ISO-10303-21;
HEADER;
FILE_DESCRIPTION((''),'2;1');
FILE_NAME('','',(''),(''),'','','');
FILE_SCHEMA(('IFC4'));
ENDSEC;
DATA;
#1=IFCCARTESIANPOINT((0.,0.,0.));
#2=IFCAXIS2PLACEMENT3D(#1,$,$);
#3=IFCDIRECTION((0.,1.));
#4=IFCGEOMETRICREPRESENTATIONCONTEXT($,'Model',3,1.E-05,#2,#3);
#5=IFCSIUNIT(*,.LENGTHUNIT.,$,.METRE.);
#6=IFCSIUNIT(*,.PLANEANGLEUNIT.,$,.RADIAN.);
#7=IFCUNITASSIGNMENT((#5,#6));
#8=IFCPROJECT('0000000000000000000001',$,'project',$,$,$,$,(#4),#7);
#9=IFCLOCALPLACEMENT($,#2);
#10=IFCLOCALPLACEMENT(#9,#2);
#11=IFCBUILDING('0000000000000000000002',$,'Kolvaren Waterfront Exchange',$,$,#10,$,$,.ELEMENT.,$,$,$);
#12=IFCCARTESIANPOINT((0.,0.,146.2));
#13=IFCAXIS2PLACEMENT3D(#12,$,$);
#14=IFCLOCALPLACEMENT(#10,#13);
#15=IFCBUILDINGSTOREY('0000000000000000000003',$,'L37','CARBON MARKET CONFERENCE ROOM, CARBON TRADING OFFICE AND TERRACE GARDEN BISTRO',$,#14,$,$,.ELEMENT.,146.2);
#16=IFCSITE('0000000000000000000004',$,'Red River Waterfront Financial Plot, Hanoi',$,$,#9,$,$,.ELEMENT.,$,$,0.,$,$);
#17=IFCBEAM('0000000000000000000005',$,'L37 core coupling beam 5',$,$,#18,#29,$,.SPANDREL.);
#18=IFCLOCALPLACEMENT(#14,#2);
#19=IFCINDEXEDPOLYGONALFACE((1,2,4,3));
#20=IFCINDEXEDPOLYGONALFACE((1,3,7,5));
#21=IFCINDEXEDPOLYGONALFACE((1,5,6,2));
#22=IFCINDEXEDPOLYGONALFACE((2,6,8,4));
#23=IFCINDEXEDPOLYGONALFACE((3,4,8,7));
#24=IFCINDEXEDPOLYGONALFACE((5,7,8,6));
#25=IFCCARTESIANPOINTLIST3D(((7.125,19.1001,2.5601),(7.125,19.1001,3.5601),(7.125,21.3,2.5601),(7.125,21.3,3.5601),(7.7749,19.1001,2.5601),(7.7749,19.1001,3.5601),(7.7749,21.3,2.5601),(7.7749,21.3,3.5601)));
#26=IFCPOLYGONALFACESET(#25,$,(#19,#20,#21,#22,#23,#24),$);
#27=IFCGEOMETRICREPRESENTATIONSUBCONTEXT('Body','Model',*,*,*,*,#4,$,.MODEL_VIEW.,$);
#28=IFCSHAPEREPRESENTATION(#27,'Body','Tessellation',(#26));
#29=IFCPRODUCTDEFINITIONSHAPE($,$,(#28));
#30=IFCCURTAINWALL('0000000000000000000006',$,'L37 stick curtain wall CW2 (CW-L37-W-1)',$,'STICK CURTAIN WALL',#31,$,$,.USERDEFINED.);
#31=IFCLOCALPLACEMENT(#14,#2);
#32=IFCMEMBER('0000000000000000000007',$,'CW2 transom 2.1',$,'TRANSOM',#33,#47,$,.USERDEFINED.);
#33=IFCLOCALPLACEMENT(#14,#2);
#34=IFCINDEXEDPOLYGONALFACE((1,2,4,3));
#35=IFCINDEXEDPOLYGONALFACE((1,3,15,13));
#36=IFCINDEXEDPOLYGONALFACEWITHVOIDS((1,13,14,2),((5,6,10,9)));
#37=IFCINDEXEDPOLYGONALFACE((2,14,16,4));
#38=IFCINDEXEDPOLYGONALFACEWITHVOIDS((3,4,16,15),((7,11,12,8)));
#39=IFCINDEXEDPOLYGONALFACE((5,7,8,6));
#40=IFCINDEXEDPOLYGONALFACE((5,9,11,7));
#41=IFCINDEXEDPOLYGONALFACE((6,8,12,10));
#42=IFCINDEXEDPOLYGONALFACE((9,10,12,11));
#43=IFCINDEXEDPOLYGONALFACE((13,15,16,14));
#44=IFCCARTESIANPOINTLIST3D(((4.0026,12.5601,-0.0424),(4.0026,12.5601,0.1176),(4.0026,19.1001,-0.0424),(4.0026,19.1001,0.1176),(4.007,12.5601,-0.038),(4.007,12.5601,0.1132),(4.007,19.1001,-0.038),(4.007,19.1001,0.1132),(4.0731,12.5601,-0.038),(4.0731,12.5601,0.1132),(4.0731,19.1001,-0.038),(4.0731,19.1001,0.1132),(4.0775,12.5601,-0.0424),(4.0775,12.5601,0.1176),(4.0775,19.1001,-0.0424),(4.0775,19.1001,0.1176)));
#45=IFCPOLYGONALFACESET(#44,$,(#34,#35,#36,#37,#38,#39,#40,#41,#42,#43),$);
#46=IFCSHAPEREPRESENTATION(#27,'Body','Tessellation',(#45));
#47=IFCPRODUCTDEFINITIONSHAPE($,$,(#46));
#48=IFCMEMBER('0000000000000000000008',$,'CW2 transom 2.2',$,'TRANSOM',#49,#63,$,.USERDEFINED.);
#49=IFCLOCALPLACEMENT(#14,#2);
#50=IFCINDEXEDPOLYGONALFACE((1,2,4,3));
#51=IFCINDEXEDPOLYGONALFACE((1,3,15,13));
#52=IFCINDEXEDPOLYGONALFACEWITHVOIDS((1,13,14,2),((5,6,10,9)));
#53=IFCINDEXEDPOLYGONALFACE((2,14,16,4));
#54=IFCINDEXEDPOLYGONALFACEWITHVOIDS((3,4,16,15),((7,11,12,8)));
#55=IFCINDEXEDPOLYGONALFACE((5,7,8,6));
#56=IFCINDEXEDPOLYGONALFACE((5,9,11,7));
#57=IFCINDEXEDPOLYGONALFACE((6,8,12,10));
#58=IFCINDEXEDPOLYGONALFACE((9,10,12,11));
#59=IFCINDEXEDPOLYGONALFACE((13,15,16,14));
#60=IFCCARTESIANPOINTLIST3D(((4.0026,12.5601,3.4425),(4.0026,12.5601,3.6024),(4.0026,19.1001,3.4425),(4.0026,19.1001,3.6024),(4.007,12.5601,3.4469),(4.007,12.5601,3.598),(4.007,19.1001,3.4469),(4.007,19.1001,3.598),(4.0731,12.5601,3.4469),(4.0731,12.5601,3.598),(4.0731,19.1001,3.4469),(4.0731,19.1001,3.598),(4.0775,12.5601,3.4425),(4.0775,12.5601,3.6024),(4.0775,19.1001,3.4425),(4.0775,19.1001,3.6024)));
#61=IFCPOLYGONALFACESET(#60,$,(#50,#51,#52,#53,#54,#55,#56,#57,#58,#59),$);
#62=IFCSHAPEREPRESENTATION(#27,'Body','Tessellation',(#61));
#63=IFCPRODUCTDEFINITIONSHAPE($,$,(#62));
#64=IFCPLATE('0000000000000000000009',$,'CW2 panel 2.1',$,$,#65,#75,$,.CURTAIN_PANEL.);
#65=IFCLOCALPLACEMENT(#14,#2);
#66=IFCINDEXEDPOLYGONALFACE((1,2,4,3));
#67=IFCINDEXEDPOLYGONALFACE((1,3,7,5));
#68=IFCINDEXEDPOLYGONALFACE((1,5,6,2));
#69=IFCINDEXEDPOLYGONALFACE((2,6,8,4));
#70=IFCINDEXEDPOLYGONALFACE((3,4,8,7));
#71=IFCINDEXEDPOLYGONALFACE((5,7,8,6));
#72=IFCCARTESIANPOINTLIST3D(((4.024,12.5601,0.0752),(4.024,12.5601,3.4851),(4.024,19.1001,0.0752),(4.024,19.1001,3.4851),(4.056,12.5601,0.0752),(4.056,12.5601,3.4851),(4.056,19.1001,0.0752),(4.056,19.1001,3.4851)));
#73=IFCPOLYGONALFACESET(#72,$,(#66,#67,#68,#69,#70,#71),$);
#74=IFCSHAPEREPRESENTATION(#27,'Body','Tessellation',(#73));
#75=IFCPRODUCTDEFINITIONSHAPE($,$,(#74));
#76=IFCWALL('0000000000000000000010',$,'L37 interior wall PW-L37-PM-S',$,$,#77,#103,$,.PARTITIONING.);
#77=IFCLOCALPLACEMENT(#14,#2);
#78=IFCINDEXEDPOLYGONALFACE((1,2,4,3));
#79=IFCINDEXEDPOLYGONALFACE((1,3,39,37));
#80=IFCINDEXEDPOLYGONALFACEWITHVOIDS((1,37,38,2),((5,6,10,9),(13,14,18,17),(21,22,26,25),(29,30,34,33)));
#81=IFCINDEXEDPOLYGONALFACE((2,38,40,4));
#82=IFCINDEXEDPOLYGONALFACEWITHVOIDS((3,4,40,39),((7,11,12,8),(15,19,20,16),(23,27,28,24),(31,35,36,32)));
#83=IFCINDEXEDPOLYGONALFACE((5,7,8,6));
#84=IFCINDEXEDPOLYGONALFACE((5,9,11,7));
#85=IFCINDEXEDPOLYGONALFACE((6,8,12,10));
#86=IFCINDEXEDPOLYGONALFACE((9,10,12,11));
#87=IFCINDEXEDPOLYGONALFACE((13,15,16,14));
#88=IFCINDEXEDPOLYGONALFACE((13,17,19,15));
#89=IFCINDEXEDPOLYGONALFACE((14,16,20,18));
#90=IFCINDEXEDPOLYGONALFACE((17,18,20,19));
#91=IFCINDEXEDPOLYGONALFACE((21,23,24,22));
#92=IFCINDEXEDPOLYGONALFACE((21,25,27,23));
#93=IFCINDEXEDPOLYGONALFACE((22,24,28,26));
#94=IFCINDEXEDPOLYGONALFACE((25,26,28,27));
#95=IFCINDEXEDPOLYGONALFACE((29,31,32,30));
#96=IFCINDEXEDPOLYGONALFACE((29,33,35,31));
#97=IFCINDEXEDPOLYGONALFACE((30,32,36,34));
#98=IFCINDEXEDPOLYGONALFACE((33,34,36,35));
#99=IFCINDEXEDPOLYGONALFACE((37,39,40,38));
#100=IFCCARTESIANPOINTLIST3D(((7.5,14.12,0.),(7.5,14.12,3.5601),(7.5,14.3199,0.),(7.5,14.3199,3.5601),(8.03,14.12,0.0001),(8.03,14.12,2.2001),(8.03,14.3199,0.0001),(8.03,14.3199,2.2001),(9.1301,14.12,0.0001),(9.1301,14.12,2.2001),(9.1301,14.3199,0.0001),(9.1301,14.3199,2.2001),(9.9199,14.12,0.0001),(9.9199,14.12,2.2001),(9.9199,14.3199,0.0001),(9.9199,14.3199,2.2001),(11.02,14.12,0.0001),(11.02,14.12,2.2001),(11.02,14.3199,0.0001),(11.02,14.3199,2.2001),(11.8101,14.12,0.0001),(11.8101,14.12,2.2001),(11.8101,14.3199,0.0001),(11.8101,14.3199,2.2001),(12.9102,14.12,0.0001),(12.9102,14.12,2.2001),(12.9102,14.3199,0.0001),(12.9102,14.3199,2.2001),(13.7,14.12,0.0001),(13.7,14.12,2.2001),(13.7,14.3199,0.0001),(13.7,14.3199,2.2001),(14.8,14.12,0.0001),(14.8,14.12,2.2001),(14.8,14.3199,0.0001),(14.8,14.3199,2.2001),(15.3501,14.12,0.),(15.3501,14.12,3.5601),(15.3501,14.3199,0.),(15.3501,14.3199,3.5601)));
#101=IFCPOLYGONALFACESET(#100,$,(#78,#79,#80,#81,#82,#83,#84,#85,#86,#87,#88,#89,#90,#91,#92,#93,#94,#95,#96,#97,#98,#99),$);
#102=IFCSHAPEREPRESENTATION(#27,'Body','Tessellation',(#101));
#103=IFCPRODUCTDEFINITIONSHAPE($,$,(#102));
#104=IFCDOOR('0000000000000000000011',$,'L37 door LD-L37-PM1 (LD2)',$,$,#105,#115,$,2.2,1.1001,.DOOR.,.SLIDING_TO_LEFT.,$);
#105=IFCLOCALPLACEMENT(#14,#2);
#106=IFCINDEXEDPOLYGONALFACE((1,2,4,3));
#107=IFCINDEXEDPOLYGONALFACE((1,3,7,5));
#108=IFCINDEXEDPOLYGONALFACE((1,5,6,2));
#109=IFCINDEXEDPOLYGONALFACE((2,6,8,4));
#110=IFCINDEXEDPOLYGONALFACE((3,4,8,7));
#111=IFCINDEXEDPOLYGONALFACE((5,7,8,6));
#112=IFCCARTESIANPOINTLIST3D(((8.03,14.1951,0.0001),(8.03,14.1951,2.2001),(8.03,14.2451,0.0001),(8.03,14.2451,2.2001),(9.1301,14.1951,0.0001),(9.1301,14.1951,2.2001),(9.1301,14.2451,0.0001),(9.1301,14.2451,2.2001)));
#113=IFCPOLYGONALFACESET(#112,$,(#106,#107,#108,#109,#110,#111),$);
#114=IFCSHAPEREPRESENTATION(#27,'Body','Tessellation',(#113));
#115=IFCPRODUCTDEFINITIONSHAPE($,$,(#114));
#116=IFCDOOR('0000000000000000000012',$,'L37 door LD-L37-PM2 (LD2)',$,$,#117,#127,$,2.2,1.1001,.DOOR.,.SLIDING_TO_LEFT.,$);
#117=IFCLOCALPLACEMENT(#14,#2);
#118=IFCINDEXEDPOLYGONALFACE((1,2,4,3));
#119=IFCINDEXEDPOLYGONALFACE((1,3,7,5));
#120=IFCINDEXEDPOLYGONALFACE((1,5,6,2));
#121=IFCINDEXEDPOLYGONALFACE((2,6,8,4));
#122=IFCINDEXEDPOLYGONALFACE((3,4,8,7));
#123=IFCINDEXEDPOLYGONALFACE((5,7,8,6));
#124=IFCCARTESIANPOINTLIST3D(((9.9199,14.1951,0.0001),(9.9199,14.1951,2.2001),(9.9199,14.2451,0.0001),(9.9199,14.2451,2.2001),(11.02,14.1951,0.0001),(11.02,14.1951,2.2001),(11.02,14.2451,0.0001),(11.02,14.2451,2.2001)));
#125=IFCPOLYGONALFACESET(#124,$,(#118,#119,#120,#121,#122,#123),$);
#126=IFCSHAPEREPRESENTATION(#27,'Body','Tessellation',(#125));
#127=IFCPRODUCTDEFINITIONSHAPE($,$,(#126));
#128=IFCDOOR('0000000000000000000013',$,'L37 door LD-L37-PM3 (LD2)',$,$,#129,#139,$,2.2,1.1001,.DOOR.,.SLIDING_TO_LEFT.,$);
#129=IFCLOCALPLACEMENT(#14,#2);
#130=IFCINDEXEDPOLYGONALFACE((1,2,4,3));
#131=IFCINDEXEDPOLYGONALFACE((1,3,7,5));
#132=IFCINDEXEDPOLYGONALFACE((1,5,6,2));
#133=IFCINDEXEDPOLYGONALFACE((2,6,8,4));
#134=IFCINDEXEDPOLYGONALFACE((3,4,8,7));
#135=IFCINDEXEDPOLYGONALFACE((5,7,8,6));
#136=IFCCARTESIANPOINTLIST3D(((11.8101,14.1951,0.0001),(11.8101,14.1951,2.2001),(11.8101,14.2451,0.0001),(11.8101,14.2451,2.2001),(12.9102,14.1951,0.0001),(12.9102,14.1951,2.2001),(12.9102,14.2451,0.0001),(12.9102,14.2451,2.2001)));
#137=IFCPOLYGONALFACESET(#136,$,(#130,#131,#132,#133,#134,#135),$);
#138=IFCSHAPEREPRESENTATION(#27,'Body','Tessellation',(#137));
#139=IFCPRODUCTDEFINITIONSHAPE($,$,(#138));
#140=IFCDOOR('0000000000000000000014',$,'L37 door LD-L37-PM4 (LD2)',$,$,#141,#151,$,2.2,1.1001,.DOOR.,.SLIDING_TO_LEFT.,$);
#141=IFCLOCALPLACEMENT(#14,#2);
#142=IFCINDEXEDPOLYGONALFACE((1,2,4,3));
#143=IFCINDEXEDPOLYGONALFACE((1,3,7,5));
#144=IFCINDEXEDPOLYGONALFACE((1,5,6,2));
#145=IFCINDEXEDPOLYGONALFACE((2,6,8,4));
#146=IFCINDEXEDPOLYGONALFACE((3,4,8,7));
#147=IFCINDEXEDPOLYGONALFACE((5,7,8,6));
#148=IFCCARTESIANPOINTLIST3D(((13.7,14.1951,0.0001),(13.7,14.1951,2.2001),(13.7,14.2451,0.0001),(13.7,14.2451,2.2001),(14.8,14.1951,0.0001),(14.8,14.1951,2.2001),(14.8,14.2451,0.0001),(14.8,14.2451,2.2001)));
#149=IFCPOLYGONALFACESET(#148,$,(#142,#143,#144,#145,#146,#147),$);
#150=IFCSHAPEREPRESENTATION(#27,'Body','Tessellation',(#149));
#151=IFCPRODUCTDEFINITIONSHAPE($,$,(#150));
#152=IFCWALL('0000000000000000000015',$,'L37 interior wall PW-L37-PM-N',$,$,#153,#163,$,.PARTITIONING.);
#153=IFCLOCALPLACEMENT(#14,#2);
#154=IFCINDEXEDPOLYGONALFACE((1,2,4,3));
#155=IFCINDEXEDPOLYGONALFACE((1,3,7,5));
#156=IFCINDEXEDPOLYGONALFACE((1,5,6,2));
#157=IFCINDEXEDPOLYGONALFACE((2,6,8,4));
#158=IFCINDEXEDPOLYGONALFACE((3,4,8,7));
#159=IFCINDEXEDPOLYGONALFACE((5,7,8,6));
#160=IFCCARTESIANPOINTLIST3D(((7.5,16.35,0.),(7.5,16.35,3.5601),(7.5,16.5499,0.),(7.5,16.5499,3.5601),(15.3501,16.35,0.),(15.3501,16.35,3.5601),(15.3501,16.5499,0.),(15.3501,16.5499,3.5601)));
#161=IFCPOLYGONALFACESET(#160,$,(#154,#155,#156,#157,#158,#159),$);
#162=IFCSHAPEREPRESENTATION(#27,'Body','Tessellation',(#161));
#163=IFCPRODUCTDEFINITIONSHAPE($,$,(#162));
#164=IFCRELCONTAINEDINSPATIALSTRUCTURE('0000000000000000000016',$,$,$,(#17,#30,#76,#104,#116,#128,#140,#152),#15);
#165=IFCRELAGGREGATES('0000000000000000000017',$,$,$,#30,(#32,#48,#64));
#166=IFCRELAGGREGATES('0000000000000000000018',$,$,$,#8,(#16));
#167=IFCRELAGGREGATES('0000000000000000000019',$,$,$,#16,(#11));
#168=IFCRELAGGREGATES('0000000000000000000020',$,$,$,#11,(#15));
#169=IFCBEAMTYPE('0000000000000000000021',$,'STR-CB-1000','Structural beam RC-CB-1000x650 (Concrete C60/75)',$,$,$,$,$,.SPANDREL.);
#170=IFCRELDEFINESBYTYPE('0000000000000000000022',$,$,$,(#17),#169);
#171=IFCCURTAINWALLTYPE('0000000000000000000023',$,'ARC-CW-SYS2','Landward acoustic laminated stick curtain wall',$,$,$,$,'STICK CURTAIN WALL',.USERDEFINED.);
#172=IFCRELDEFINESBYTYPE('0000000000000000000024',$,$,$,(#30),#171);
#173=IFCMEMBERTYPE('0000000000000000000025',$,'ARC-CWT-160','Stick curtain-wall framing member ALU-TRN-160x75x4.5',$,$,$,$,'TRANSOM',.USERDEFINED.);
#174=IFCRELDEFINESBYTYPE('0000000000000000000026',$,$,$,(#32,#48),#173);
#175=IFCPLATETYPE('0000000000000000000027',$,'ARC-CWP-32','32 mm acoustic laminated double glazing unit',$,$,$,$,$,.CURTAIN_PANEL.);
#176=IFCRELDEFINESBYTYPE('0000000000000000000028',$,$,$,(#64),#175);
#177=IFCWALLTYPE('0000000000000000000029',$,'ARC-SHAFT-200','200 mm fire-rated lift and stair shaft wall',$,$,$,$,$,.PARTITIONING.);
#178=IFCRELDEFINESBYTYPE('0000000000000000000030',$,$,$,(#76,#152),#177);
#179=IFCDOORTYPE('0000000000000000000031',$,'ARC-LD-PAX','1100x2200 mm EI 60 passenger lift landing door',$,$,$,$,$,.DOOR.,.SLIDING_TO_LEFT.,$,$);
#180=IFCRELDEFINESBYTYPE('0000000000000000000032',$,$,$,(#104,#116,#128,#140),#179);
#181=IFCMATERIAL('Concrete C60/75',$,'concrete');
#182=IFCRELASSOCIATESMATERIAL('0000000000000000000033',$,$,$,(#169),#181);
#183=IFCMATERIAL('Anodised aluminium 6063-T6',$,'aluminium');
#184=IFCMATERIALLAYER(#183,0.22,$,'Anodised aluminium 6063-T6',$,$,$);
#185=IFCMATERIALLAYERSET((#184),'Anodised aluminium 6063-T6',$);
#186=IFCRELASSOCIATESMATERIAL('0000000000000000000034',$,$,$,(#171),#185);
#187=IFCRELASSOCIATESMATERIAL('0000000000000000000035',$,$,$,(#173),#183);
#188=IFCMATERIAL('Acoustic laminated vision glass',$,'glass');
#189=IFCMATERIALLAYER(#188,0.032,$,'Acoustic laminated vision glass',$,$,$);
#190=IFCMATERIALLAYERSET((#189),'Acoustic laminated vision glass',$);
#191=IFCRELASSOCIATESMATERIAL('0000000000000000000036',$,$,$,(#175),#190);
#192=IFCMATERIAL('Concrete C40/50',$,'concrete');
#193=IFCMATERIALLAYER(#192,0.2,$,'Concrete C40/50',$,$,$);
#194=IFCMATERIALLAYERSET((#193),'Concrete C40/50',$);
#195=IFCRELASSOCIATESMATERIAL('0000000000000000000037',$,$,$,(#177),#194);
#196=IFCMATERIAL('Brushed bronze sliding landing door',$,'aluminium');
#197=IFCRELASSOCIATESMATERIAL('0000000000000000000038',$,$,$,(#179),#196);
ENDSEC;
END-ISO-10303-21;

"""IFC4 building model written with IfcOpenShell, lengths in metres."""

from ifc_helpers import new_model, si_unit, direction, frame, frame_2d, origin, origin_with_axes, origin_2d, place, context, subcontext, project, spatial, rectangle, hollow_rectangle, extrude, source, transform, mapped, material, layer, layer_set, material_profile, profile_set, type_object, element, fill, aggregate, save


model = new_model("IFC4")

# Units and contexts
model_context = context("Model", 3, precision=1e-05, world=origin(), true_north=direction((0.0, 1.0)))
body_context = subcontext(model_context, "Body", "Model", "MODEL_VIEW")
ifc_project = project(units=[si_unit("LENGTHUNIT", "METRE"), si_unit("PLANEANGLEUNIT", "RADIAN")], contexts=[model_context])

# Site, building, storey
site_placement = place(None, origin())
site = spatial("IfcSite", under=ifc_project, at=site_placement, Name="Red River Waterfront Financial Plot, Hanoi", CompositionType="ELEMENT", RefElevation=0.0)
building_placement = place(site_placement, origin())
building = spatial("IfcBuilding", under=site, at=building_placement, Name="Kolvaren Waterfront Exchange", CompositionType="ELEMENT")
storey_placement = place(building_placement, frame((0.0, 0.0, 146.2)))
storey = spatial("IfcBuildingStorey", under=building, at=storey_placement, Name="L37", Description="CARBON MARKET CONFERENCE ROOM, CARBON TRADING OFFICE AND TERRACE GARDEN BISTRO", CompositionType="ELEMENT", Elevation=146.2)

# Beam
ifc_material_1 = material(Name="Concrete C60/75", Category="concrete")
ifc_material_profile_1 = material_profile(ifc_material_1, rectangle(XDim=0.6499, YDim=1.0, at=origin_2d()), Name="RC-CB-1000x650")
ifc_profile_set_1 = profile_set([ifc_material_profile_1], Name="Concrete C60/75")
beam_type = type_object("IfcBeamType", Name="STR-CB-1000", Description="Structural beam RC-CB-1000x650 (Concrete C60/75)", PredefinedType="SPANDREL", material=ifc_profile_set_1)
beam_placement = place(storey_placement, frame((7.45, 19.1001, 3.0601), z_axis=(0.0, 1.0, 0.0), x_axis=(-1.0, 0.0, 0.0)))
element("IfcBeam", 1, at=beam_placement, inside=storey, type_object=beam_type, Name="L37 core coupling beam 5", PredefinedType="SPANDREL", context=body_context, shape_type="SweptSolid", body=[
    extrude(rectangle(XDim=0.6499, YDim=1.0, at=origin_2d()), origin(), (0.0, 0.0, 1.0), 2.2),
])

# Curtain wall, members, plate
ifc_material_2 = material(Name="Anodised aluminium 6063-T6", Category="aluminium")
ifc_layer_1 = layer(ifc_material_2, 0.22, Name="Anodised aluminium 6063-T6")
ifc_layer_set_1 = layer_set([ifc_layer_1], Name="Anodised aluminium 6063-T6")
curtain_wall_type = type_object("IfcCurtainWallType", Name="ARC-CW-SYS2", Description="Landward acoustic laminated stick curtain wall", ElementType="STICK CURTAIN WALL", PredefinedType="USERDEFINED", material=ifc_layer_set_1)
curtain_wall_placement = place(storey_placement, origin())
curtain_wall = element("IfcCurtainWall", 2, at=curtain_wall_placement, inside=storey, type_object=curtain_wall_type, Name="L37 stick curtain wall CW2 (CW-L37-W-1)", ObjectType="STICK CURTAIN WALL", PredefinedType="USERDEFINED")
ifc_material_profile_2 = material_profile(ifc_material_2, hollow_rectangle(XDim=0.075, YDim=0.1599, WallThickness=0.0044, at=origin_2d()), Name="ALU-TRN-160x75x4.5")
ifc_profile_set_2 = profile_set([ifc_material_profile_2], Name="Anodised aluminium 6063-T6")
member_type = type_object("IfcMemberType", Name="ARC-CWT-160", Description="Stick curtain-wall framing member ALU-TRN-160x75x4.5", ElementType="TRANSOM", PredefinedType="USERDEFINED", material=ifc_profile_set_2)
shared_shape_1 = source(origin_with_axes(), body_context, "Body", "SweptSolid", [
    extrude(hollow_rectangle(XDim=0.075, YDim=0.1599, WallThickness=0.0044, at=origin_2d()), origin(), (0.0, 0.0, 1.0), 6.54),
])
member_1_placement = place(storey_placement, frame((4.04, 12.5601, 0.0376), z_axis=(0.0, 1.0, 0.0), x_axis=(-1.0, 0.0, 0.0)))
member_1 = element("IfcMember", 3, at=member_1_placement, type_object=member_type, Name="CW2 transom 2.1", ObjectType="TRANSOM", PredefinedType="USERDEFINED", context=body_context, shape_type="MappedRepresentation", body=[
    mapped(shared_shape_1, transform((0.0, 0.0, 0.0), x_axis=(1.0, 0.0, 0.0), y_axis=(0.0, 1.0, 0.0), z_axis=(0.0, 0.0, 1.0), scale=1.0)),
])
member_2_placement = place(storey_placement, frame((4.04, 12.5601, 3.5225), z_axis=(0.0, 1.0, 0.0), x_axis=(-1.0, 0.0, 0.0)))
member_2 = element("IfcMember", 4, at=member_2_placement, type_object=member_type, Name="CW2 transom 2.2", ObjectType="TRANSOM", PredefinedType="USERDEFINED", context=body_context, shape_type="MappedRepresentation", body=[
    mapped(shared_shape_1, transform((0.0, 0.0, 0.0), x_axis=(1.0, 0.0, 0.0), y_axis=(0.0, 1.0, 0.0), z_axis=(0.0, 0.0, 1.0), scale=1.0)),
])
ifc_material_3 = material(Name="Acoustic laminated vision glass", Category="glass")
ifc_layer_2 = layer(ifc_material_3, 0.032, Name="Acoustic laminated vision glass")
ifc_layer_set_2 = layer_set([ifc_layer_2], Name="Acoustic laminated vision glass")
plate_type = type_object("IfcPlateType", Name="ARC-CWP-32", Description="32 mm acoustic laminated double glazing unit", PredefinedType="CURTAIN_PANEL", material=ifc_layer_set_2)
shared_shape_2 = source(origin_with_axes(), body_context, "Body", "SweptSolid", [
    extrude(rectangle(XDim=6.54, YDim=0.032, at=origin_2d()), origin(), (0.0, 0.0, 1.0), 3.4099),
])
plate_placement = place(storey_placement, frame((4.04, 15.8301, 0.0752), z_axis=(0.0, 0.0, 1.0), x_axis=(0.0, 1.0, 0.0)))
plate = element("IfcPlate", 5, at=plate_placement, type_object=plate_type, Name="CW2 panel 2.1", PredefinedType="CURTAIN_PANEL", context=body_context, shape_type="MappedRepresentation", body=[
    mapped(shared_shape_2, transform((0.0, 0.0, 0.0), x_axis=(1.0, 0.0, 0.0), y_axis=(0.0, 1.0, 0.0), z_axis=(0.0, 0.0, 1.0), scale=1.0)),
])
aggregate(curtain_wall, [member_1, member_2, plate])

# Wall, openings, doors
ifc_material_4 = material(Name="Concrete C40/50", Category="concrete")
ifc_layer_3 = layer(ifc_material_4, 0.2, Name="Concrete C40/50")
ifc_layer_set_3 = layer_set([ifc_layer_3], Name="Concrete C40/50")
wall_type_1 = type_object("IfcWallType", Name="ARC-SHAFT-200", Description="200 mm fire-rated lift and stair shaft wall", PredefinedType="PARTITIONING", material=ifc_layer_set_3)
wall_1_placement = place(storey_placement, frame((7.5, 14.22, 0.0), z_axis=(0.0, 0.0, 1.0), x_axis=(1.0, 0.0, 0.0)))
wall_1 = element("IfcWall", 6, at=wall_1_placement, inside=storey, type_object=wall_type_1, Name="L37 interior wall PW-L37-PM-S", PredefinedType="PARTITIONING", context=body_context, shape_type="SweptSolid", body=[
    extrude(rectangle(XDim=7.8501, YDim=0.2, at=frame_2d((3.925, 0.0))), origin(), (0.0, 0.0, 1.0), 3.5601),
])
opening_1_placement = place(wall_1_placement, frame((0.53, 0.0, 0.0)))
opening_1 = element("IfcOpeningElement", 7, at=opening_1_placement, cuts=wall_1, PredefinedType="OPENING", context=body_context, shape_type="SweptSolid", body=[
    extrude(rectangle(XDim=1.1001, YDim=2.2, at=frame_2d((0.55, 1.1001))), frame((0.0, 0.1099, 0.0), z_axis=(0.0, -1.0, 0.0), x_axis=(1.0, 0.0, 0.0)), (0.0, 0.0, 1.0), 0.22),
])
opening_2_placement = place(wall_1_placement, frame((2.4199, 0.0, 0.0)))
opening_2 = element("IfcOpeningElement", 8, at=opening_2_placement, cuts=wall_1, PredefinedType="OPENING", context=body_context, shape_type="SweptSolid", body=[
    extrude(rectangle(XDim=1.1001, YDim=2.2, at=frame_2d((0.55, 1.1001))), frame((0.0, 0.1099, 0.0), z_axis=(0.0, -1.0, 0.0), x_axis=(1.0, 0.0, 0.0)), (0.0, 0.0, 1.0), 0.22),
])
opening_3_placement = place(wall_1_placement, frame((4.3101, 0.0, 0.0)))
opening_3 = element("IfcOpeningElement", 9, at=opening_3_placement, cuts=wall_1, PredefinedType="OPENING", context=body_context, shape_type="SweptSolid", body=[
    extrude(rectangle(XDim=1.1001, YDim=2.2, at=frame_2d((0.55, 1.1001))), frame((0.0, 0.1099, 0.0), z_axis=(0.0, -1.0, 0.0), x_axis=(1.0, 0.0, 0.0)), (0.0, 0.0, 1.0), 0.22),
])
opening_4_placement = place(wall_1_placement, frame((6.2, 0.0, 0.0)))
opening_4 = element("IfcOpeningElement", 10, at=opening_4_placement, cuts=wall_1, PredefinedType="OPENING", context=body_context, shape_type="SweptSolid", body=[
    extrude(rectangle(XDim=1.1001, YDim=2.2, at=frame_2d((0.55, 1.1001))), frame((0.0, 0.1099, 0.0), z_axis=(0.0, -1.0, 0.0), x_axis=(1.0, 0.0, 0.0)), (0.0, 0.0, 1.0), 0.22),
])
ifc_material_5 = material(Name="Brushed bronze sliding landing door", Category="aluminium")
door_type = type_object("IfcDoorType", Name="ARC-LD-PAX", Description="1100x2200 mm EI 60 passenger lift landing door", OperationType="SLIDING_TO_LEFT", PredefinedType="DOOR", material=ifc_material_5)
door_1_placement = place(opening_1_placement, frame((1.1001, 0.0, 0.0), z_axis=(0.0, 0.0, 1.0), x_axis=(-1.0, 0.0, 0.0)))
door_1 = element("IfcDoor", 11, at=door_1_placement, inside=storey, type_object=door_type, Name="L37 door LD-L37-PM1 (LD2)", OperationType="SLIDING_TO_LEFT", OverallHeight=2.2, OverallWidth=1.1001, PredefinedType="DOOR", context=body_context, shape_type="SweptSolid", body=[
    extrude(rectangle(XDim=1.1001, YDim=2.2, at=frame_2d((0.55, 1.1001))), frame((0.0, 0.0249, 0.0), z_axis=(0.0, -1.0, 0.0), x_axis=(1.0, 0.0, 0.0)), (0.0, 0.0, 1.0), 0.05),
])
fill(opening_1, door_1)
door_2_placement = place(opening_2_placement, frame((1.1001, 0.0, 0.0), z_axis=(0.0, 0.0, 1.0), x_axis=(-1.0, 0.0, 0.0)))
door_2 = element("IfcDoor", 12, at=door_2_placement, inside=storey, type_object=door_type, Name="L37 door LD-L37-PM2 (LD2)", OperationType="SLIDING_TO_LEFT", OverallHeight=2.2, OverallWidth=1.1001, PredefinedType="DOOR", context=body_context, shape_type="SweptSolid", body=[
    extrude(rectangle(XDim=1.1001, YDim=2.2, at=frame_2d((0.55, 1.1001))), frame((0.0, 0.0249, 0.0), z_axis=(0.0, -1.0, 0.0), x_axis=(1.0, 0.0, 0.0)), (0.0, 0.0, 1.0), 0.05),
])
fill(opening_2, door_2)
door_3_placement = place(opening_3_placement, frame((1.1001, 0.0, 0.0), z_axis=(0.0, 0.0, 1.0), x_axis=(-1.0, 0.0, 0.0)))
door_3 = element("IfcDoor", 13, at=door_3_placement, inside=storey, type_object=door_type, Name="L37 door LD-L37-PM3 (LD2)", OperationType="SLIDING_TO_LEFT", OverallHeight=2.2, OverallWidth=1.1001, PredefinedType="DOOR", context=body_context, shape_type="SweptSolid", body=[
    extrude(rectangle(XDim=1.1001, YDim=2.2, at=frame_2d((0.55, 1.1001))), frame((0.0, 0.0249, 0.0), z_axis=(0.0, -1.0, 0.0), x_axis=(1.0, 0.0, 0.0)), (0.0, 0.0, 1.0), 0.05),
])
fill(opening_3, door_3)
door_4_placement = place(opening_4_placement, frame((1.1001, 0.0, 0.0), z_axis=(0.0, 0.0, 1.0), x_axis=(-1.0, 0.0, 0.0)))
door_4 = element("IfcDoor", 14, at=door_4_placement, inside=storey, type_object=door_type, Name="L37 door LD-L37-PM4 (LD2)", OperationType="SLIDING_TO_LEFT", OverallHeight=2.2, OverallWidth=1.1001, PredefinedType="DOOR", context=body_context, shape_type="SweptSolid", body=[
    extrude(rectangle(XDim=1.1001, YDim=2.2, at=frame_2d((0.55, 1.1001))), frame((0.0, 0.0249, 0.0), z_axis=(0.0, -1.0, 0.0), x_axis=(1.0, 0.0, 0.0)), (0.0, 0.0, 1.0), 0.05),
])
fill(opening_4, door_4)

# Wall
wall_2_placement = place(storey_placement, frame((7.5, 16.45, 0.0), z_axis=(0.0, 0.0, 1.0), x_axis=(1.0, 0.0, 0.0)))
element("IfcWall", 15, at=wall_2_placement, inside=storey, type_object=wall_type_1, Name="L37 interior wall PW-L37-PM-N", PredefinedType="PARTITIONING", context=body_context, shape_type="SweptSolid", body=[
    extrude(rectangle(XDim=7.8501, YDim=0.2, at=frame_2d((3.925, 0.0))), origin(), (0.0, 0.0, 1.0), 3.5601),
])

save(model, "model.ifc")
